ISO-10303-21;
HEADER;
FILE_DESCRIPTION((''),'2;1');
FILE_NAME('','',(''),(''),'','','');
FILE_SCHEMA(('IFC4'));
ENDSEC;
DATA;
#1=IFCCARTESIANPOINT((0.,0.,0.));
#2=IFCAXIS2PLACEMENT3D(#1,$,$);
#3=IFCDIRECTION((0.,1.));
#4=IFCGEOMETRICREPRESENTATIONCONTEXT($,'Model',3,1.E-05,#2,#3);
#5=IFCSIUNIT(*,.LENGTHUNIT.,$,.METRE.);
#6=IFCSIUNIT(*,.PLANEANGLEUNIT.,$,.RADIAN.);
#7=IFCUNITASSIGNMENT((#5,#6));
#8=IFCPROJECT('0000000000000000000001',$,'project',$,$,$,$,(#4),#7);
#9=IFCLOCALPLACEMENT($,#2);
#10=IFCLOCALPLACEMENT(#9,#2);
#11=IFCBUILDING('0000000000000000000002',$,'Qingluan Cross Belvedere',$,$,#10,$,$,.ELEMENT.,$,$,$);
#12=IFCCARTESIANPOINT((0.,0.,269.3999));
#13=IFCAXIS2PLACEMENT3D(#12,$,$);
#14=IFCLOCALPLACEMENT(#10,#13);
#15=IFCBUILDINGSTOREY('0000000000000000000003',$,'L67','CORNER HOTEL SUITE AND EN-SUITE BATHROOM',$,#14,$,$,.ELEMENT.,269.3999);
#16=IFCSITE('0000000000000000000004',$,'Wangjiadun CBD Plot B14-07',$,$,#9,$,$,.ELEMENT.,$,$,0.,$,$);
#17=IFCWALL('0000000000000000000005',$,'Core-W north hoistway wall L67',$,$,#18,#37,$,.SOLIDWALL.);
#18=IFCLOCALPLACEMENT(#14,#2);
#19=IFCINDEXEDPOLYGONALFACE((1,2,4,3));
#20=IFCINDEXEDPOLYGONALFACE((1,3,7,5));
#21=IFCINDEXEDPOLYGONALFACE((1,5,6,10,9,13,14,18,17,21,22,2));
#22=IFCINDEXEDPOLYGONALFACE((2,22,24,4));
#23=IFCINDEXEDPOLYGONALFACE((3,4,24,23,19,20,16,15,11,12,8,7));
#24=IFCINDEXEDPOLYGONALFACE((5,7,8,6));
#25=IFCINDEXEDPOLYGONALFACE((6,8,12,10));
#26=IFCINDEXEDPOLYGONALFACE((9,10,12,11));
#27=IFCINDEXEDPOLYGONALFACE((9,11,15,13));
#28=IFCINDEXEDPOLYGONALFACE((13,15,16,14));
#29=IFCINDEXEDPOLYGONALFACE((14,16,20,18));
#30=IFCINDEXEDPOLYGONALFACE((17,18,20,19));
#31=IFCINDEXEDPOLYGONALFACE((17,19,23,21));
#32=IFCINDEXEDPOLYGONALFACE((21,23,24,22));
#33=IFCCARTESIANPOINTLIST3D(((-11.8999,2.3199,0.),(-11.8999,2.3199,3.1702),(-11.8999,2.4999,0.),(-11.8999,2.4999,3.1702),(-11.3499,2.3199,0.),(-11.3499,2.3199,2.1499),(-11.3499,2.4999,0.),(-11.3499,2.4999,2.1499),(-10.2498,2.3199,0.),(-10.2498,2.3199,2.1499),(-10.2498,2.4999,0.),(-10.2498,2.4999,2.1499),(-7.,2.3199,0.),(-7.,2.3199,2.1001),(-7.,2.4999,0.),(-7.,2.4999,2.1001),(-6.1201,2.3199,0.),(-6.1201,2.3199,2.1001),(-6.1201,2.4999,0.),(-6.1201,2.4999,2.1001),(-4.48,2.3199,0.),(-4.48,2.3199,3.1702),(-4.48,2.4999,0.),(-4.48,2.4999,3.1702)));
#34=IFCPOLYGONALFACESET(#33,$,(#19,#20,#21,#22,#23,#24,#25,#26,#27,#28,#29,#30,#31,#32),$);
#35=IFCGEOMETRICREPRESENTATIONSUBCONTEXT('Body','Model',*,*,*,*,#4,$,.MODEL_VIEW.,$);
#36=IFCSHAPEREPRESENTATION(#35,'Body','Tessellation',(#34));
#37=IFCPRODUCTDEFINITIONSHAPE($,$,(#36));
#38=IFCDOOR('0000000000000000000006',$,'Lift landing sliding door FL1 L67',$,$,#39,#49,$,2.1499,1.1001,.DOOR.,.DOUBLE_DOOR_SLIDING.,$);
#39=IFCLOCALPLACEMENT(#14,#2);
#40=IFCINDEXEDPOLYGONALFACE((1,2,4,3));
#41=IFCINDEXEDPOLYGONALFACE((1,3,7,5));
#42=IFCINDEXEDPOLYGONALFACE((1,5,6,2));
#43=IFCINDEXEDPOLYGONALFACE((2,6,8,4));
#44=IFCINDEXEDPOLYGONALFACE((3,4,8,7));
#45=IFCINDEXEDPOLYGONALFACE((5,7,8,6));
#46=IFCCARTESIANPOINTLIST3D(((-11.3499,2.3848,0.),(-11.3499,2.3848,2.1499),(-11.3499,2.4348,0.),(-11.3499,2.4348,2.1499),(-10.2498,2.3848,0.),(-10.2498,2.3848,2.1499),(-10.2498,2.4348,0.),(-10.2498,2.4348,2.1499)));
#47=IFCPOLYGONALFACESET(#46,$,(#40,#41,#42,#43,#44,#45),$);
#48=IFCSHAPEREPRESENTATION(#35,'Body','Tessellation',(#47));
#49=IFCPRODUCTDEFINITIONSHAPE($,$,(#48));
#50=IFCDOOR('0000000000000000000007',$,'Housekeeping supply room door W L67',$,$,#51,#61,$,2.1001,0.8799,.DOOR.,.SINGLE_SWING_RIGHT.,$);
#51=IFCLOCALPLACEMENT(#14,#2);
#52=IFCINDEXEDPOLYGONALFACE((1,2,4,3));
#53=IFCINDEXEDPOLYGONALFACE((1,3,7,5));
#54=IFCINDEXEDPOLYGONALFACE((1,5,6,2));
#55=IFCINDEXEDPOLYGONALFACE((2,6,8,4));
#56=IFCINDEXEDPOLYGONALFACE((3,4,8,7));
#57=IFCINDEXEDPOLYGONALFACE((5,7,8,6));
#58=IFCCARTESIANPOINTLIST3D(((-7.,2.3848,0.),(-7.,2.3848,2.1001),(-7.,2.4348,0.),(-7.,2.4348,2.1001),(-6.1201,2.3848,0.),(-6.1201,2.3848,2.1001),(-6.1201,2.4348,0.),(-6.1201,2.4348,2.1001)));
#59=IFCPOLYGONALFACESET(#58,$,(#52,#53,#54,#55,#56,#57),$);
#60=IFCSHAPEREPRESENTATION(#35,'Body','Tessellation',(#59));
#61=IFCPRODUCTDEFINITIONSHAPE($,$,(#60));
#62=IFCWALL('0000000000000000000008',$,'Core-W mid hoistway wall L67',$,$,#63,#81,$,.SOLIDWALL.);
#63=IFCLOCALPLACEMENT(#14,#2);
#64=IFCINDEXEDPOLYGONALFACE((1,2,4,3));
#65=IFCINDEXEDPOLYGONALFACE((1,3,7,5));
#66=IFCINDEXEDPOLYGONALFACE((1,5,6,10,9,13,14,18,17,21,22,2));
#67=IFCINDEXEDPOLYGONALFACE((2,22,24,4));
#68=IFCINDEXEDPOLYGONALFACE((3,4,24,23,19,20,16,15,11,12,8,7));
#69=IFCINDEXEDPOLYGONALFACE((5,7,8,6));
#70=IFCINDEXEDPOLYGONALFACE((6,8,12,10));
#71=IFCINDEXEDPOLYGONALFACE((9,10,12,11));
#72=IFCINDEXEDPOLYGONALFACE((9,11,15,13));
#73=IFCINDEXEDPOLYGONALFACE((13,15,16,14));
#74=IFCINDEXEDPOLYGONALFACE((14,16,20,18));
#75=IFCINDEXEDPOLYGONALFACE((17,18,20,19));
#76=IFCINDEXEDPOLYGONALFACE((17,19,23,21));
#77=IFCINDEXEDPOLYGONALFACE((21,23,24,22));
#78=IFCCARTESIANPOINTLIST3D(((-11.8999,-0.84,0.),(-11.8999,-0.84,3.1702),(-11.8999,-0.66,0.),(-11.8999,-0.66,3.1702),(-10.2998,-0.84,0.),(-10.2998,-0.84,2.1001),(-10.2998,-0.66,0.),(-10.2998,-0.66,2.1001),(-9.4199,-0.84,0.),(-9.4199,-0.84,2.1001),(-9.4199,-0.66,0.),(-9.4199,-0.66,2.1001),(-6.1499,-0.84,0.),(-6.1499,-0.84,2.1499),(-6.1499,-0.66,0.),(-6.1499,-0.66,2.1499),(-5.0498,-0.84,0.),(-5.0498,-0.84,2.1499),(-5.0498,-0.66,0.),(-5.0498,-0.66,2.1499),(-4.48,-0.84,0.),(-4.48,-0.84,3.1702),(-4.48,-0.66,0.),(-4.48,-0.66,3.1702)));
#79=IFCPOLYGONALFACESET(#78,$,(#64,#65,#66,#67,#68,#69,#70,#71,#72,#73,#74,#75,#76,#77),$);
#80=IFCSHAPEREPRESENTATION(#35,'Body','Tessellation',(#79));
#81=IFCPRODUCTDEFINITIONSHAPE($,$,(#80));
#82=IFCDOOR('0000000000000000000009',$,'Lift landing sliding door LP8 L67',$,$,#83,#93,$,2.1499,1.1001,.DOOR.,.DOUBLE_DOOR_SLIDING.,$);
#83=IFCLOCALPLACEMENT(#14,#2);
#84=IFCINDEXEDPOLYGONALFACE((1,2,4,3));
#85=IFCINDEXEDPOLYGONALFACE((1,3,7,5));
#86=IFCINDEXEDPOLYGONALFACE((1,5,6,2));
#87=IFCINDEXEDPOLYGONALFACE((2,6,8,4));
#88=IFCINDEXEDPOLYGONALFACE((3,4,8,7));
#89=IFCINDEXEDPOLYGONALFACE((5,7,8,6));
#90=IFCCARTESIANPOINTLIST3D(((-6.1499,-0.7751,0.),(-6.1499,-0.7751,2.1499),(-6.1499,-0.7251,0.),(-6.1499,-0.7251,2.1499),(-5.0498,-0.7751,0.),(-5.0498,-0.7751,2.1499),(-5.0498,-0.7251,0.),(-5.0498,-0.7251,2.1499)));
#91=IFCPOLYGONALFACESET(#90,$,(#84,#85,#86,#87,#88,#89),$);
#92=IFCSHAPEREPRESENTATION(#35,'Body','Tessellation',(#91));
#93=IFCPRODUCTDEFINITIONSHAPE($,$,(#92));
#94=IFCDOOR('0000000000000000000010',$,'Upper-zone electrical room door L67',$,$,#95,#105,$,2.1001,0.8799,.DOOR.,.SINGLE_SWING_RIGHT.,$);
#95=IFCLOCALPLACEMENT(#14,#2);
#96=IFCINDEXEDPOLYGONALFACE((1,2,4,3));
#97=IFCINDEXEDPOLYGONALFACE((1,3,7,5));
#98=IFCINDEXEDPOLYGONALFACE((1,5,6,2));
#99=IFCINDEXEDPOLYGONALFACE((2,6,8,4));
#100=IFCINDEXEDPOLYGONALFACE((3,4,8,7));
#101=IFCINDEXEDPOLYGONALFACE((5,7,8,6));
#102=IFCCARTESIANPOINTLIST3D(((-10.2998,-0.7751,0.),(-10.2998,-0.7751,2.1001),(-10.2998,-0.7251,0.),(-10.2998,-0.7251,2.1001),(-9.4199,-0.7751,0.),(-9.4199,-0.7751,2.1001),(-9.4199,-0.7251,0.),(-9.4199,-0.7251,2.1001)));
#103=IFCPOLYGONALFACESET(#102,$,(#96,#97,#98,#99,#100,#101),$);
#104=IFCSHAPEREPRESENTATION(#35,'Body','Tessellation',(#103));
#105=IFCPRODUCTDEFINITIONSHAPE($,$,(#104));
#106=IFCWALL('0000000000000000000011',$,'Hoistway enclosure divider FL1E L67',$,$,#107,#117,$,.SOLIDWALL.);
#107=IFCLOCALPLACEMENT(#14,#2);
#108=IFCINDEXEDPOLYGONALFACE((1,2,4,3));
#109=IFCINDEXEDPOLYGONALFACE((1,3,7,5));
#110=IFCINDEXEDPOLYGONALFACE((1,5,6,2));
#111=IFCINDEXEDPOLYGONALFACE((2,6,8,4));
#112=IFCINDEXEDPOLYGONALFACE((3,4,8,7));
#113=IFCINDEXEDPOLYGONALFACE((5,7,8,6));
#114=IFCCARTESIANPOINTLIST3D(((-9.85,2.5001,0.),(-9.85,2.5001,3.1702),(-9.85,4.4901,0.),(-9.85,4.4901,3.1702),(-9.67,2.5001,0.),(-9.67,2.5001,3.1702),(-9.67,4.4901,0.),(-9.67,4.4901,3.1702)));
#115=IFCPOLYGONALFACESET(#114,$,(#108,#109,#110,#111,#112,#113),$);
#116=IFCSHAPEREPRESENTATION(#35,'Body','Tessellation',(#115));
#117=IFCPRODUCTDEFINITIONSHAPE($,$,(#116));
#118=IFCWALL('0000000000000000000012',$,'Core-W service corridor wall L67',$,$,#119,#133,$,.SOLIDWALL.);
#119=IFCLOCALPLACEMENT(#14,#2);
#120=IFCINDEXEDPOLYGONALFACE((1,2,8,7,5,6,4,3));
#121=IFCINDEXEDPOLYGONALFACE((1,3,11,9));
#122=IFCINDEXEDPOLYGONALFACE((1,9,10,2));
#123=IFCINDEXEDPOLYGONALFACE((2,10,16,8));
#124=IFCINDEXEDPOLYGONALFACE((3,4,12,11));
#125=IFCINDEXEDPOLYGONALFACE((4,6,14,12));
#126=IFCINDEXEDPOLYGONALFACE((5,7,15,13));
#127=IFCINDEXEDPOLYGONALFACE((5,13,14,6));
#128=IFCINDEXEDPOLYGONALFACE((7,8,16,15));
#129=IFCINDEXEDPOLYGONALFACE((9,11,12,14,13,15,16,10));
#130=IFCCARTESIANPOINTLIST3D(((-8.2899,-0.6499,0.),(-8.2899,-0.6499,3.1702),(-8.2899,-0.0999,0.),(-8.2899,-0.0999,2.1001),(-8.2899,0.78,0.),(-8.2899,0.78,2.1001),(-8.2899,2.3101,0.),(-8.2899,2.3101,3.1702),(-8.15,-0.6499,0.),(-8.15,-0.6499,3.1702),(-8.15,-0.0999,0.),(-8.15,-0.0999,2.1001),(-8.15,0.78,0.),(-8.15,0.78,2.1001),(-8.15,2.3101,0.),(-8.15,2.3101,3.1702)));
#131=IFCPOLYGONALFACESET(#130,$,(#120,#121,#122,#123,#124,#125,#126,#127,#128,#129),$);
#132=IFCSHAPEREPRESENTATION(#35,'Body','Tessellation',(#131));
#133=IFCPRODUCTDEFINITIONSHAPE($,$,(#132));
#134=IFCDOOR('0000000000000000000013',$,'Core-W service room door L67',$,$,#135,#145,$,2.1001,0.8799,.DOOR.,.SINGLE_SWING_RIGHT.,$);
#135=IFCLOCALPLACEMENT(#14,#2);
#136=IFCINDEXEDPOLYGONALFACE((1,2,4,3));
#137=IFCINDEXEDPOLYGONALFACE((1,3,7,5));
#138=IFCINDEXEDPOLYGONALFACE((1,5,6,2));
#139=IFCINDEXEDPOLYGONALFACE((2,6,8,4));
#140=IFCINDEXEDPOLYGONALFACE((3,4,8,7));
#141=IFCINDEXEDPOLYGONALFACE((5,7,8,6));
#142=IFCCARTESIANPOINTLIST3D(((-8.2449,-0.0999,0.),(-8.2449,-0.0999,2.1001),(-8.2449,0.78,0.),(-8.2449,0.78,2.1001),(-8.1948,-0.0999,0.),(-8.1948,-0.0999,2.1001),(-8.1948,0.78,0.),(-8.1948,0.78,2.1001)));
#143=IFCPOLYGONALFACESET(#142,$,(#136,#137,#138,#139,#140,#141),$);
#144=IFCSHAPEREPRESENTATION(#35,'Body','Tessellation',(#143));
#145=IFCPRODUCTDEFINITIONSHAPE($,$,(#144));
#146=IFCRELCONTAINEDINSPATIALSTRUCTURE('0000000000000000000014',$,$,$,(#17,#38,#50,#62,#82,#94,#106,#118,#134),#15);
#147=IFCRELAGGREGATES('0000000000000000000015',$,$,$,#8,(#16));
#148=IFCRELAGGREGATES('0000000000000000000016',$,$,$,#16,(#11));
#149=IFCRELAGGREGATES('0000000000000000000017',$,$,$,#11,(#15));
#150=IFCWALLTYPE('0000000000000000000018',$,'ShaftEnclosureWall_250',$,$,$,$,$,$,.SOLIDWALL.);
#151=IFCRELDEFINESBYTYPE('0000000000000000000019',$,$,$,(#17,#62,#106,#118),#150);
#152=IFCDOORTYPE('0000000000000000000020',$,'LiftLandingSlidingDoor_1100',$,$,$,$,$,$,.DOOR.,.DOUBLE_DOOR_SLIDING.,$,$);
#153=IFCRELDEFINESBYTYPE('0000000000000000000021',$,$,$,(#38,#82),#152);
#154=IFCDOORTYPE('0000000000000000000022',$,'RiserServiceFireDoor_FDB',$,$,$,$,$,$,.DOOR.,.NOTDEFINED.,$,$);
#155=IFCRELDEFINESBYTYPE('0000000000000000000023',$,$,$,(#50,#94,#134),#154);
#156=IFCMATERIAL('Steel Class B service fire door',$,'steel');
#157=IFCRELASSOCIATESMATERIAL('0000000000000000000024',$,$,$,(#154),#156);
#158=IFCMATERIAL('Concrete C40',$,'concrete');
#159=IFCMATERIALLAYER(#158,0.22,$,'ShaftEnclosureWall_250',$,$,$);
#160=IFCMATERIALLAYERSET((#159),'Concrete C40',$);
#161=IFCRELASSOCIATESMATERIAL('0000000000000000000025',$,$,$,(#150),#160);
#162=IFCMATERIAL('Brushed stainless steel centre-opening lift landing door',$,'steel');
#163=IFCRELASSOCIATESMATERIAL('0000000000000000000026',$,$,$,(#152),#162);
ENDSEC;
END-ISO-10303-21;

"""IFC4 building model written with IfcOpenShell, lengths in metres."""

from ifc_helpers import new_model, si_unit, direction, frame, frame_2d, origin, place, context, subcontext, project, spatial, rectangle, extrude, material, layer, layer_set, type_object, element, fill, save


model = new_model("IFC4")

# Units and contexts
model_context = context("Model", 3, precision=1e-05, world=origin(), true_north=direction((0.0, 1.0)))
body_context = subcontext(model_context, "Body", "Model", "MODEL_VIEW")
ifc_project = project(units=[si_unit("LENGTHUNIT", "METRE"), si_unit("PLANEANGLEUNIT", "RADIAN")], contexts=[model_context])

# Site, building, storey
site_placement = place(None, origin())
site = spatial("IfcSite", under=ifc_project, at=site_placement, Name="Wangjiadun CBD Plot B14-07", CompositionType="ELEMENT", RefElevation=0.0)
building_placement = place(site_placement, origin())
building = spatial("IfcBuilding", under=site, at=building_placement, Name="Qingluan Cross Belvedere", CompositionType="ELEMENT")
storey_placement = place(building_placement, frame((0.0, 0.0, 269.3999)))
storey = spatial("IfcBuildingStorey", under=building, at=storey_placement, Name="L67", Description="CORNER HOTEL SUITE AND EN-SUITE BATHROOM", CompositionType="ELEMENT", Elevation=269.3999)

# Shared definitions
ifc_material_1 = material(Name="Steel Class B service fire door", Category="steel")
door_type_1 = type_object("IfcDoorType", Name="RiserServiceFireDoor_FDB", OperationType="NOTDEFINED", PredefinedType="DOOR", material=ifc_material_1)

# Walls, openings, doors
ifc_material_2 = material(Name="Concrete C40", Category="concrete")
ifc_layer_1 = layer(ifc_material_2, 0.22, Name="ShaftEnclosureWall_250")
ifc_layer_set_1 = layer_set([ifc_layer_1], Name="Concrete C40")
wall_type_1 = type_object("IfcWallType", Name="ShaftEnclosureWall_250", PredefinedType="SOLIDWALL", material=ifc_layer_set_1)
wall_1_placement = place(storey_placement, frame((-11.8999, 2.4099, 0.0), z_axis=(0.0, 0.0, 1.0), x_axis=(1.0, 0.0, 0.0)))
wall_1 = element("IfcWall", 1, at=wall_1_placement, inside=storey, type_object=wall_type_1, Name="Core-W north hoistway wall L67", PredefinedType="SOLIDWALL", context=body_context, shape_type="SweptSolid", body=[
    extrude(rectangle(XDim=7.4199, YDim=0.1799, at=frame_2d((3.71, 0.0))), origin(), (0.0, 0.0, 1.0), 3.1702),
])
opening_1_placement = place(wall_1_placement, frame((0.55, 0.0, 0.0)))
opening_1 = element("IfcOpeningElement", 2, at=opening_1_placement, cuts=wall_1, PredefinedType="OPENING", context=body_context, shape_type="SweptSolid", body=[
    extrude(rectangle(XDim=1.1001, YDim=2.1499, at=frame_2d((0.55, 1.075))), frame((0.0, 0.0999, 0.0), z_axis=(0.0, -1.0, 0.0), x_axis=(1.0, 0.0, 0.0)), (0.0, 0.0, 1.0), 0.2),
])
opening_2_placement = place(wall_1_placement, frame((4.8999, 0.0, 0.0)))
opening_2 = element("IfcOpeningElement", 3, at=opening_2_placement, cuts=wall_1, PredefinedType="OPENING", context=body_context, shape_type="SweptSolid", body=[
    extrude(rectangle(XDim=0.8799, YDim=2.1001, at=frame_2d((0.4399, 1.05))), frame((0.0, 0.0999, 0.0), z_axis=(0.0, -1.0, 0.0), x_axis=(1.0, 0.0, 0.0)), (0.0, 0.0, 1.0), 0.2),
])
ifc_material_3 = material(Name="Brushed stainless steel centre-opening lift landing door", Category="steel")
door_type_2 = type_object("IfcDoorType", Name="LiftLandingSlidingDoor_1100", OperationType="DOUBLE_DOOR_SLIDING", PredefinedType="DOOR", material=ifc_material_3)
door_1_placement = place(opening_1_placement, origin())
door_1 = element("IfcDoor", 4, at=door_1_placement, inside=storey, type_object=door_type_2, Name="Lift landing sliding door FL1 L67", OperationType="DOUBLE_DOOR_SLIDING", OverallHeight=2.1499, OverallWidth=1.1001, PredefinedType="DOOR", context=body_context, shape_type="SweptSolid", body=[
    extrude(rectangle(XDim=1.1001, YDim=2.1499, at=frame_2d((0.55, 1.075))), frame((0.0, 0.0249, 0.0), z_axis=(0.0, -1.0, 0.0), x_axis=(1.0, 0.0, 0.0)), (0.0, 0.0, 1.0), 0.05),
])
fill(opening_1, door_1)
door_2_placement = place(opening_2_placement, origin())
door_2 = element("IfcDoor", 5, at=door_2_placement, inside=storey, type_object=door_type_1, Name="Housekeeping supply room door W L67", OperationType="SINGLE_SWING_RIGHT", OverallHeight=2.1001, OverallWidth=0.8799, PredefinedType="DOOR", context=body_context, shape_type="SweptSolid", body=[
    extrude(rectangle(XDim=0.8799, YDim=2.1001, at=frame_2d((0.4399, 1.05))), frame((0.0, 0.0249, 0.0), z_axis=(0.0, -1.0, 0.0), x_axis=(1.0, 0.0, 0.0)), (0.0, 0.0, 1.0), 0.05),
])
fill(opening_2, door_2)
wall_2_placement = place(storey_placement, frame((-11.8999, -0.75, 0.0), z_axis=(0.0, 0.0, 1.0), x_axis=(1.0, 0.0, 0.0)))
wall_2 = element("IfcWall", 6, at=wall_2_placement, inside=storey, type_object=wall_type_1, Name="Core-W mid hoistway wall L67", PredefinedType="SOLIDWALL", context=body_context, shape_type="SweptSolid", body=[
    extrude(rectangle(XDim=7.4199, YDim=0.1799, at=frame_2d((3.71, 0.0))), origin(), (0.0, 0.0, 1.0), 3.1702),
])
opening_3_placement = place(wall_2_placement, frame((5.75, 0.0, 0.0)))
opening_3 = element("IfcOpeningElement", 7, at=opening_3_placement, cuts=wall_2, PredefinedType="OPENING", context=body_context, shape_type="SweptSolid", body=[
    extrude(rectangle(XDim=1.1001, YDim=2.1499, at=frame_2d((0.55, 1.075))), frame((0.0, 0.0999, 0.0), z_axis=(0.0, -1.0, 0.0), x_axis=(1.0, 0.0, 0.0)), (0.0, 0.0, 1.0), 0.2),
])
opening_4_placement = place(wall_2_placement, frame((1.6001, 0.0, 0.0)))
opening_4 = element("IfcOpeningElement", 8, at=opening_4_placement, cuts=wall_2, PredefinedType="OPENING", context=body_context, shape_type="SweptSolid", body=[
    extrude(rectangle(XDim=0.8799, YDim=2.1001, at=frame_2d((0.4399, 1.05))), frame((0.0, 0.0999, 0.0), z_axis=(0.0, -1.0, 0.0), x_axis=(1.0, 0.0, 0.0)), (0.0, 0.0, 1.0), 0.2),
])
door_3_placement = place(opening_3_placement, origin())
door_3 = element("IfcDoor", 9, at=door_3_placement, inside=storey, type_object=door_type_2, Name="Lift landing sliding door LP8 L67", OperationType="DOUBLE_DOOR_SLIDING", OverallHeight=2.1499, OverallWidth=1.1001, PredefinedType="DOOR", context=body_context, shape_type="SweptSolid", body=[
    extrude(rectangle(XDim=1.1001, YDim=2.1499, at=frame_2d((0.55, 1.075))), frame((0.0, 0.0249, 0.0), z_axis=(0.0, -1.0, 0.0), x_axis=(1.0, 0.0, 0.0)), (0.0, 0.0, 1.0), 0.05),
])
fill(opening_3, door_3)
door_4_placement = place(opening_4_placement, origin())
door_4 = element("IfcDoor", 10, at=door_4_placement, inside=storey, type_object=door_type_1, Name="Upper-zone electrical room door L67", OperationType="SINGLE_SWING_RIGHT", OverallHeight=2.1001, OverallWidth=0.8799, PredefinedType="DOOR", context=body_context, shape_type="SweptSolid", body=[
    extrude(rectangle(XDim=0.8799, YDim=2.1001, at=frame_2d((0.4399, 1.05))), frame((0.0, 0.0249, 0.0), z_axis=(0.0, -1.0, 0.0), x_axis=(1.0, 0.0, 0.0)), (0.0, 0.0, 1.0), 0.05),
])
fill(opening_4, door_4)

# Wall
wall_3_placement = place(storey_placement, frame((-9.76, 2.5, 0.0), z_axis=(0.0, 0.0, 1.0), x_axis=(0.0, 1.0, 0.0)))
element("IfcWall", 11, at=wall_3_placement, inside=storey, type_object=wall_type_1, Name="Hoistway enclosure divider FL1E L67", PredefinedType="SOLIDWALL", context=body_context, shape_type="SweptSolid", body=[
    extrude(rectangle(XDim=1.99, YDim=0.1799, at=frame_2d((0.9951, 0.0))), origin(), (0.0, 0.0, 1.0), 3.1702),
])

# Wall, opening, door
wall_4_placement = place(storey_placement, frame((-8.22, -0.6499, 0.0), z_axis=(0.0, 0.0, 1.0), x_axis=(0.0, 1.0, 0.0)))
wall_4 = element("IfcWall", 12, at=wall_4_placement, inside=storey, type_object=wall_type_1, Name="Core-W service corridor wall L67", PredefinedType="SOLIDWALL", context=body_context, shape_type="SweptSolid", body=[
    extrude(rectangle(XDim=2.96, YDim=0.1399, at=frame_2d((1.48, 0.0))), origin(), (0.0, 0.0, 1.0), 3.1702),
])
opening_5_placement = place(wall_4_placement, frame((0.55, 0.0, 0.0)))
opening_5 = element("IfcOpeningElement", 13, at=opening_5_placement, cuts=wall_4, PredefinedType="OPENING", context=body_context, shape_type="SweptSolid", body=[
    extrude(rectangle(XDim=0.8799, YDim=2.1001, at=frame_2d((0.4399, 1.05))), frame((0.0, 0.0798, 0.0), z_axis=(0.0, -1.0, 0.0), x_axis=(1.0, 0.0, 0.0)), (0.0, 0.0, 1.0), 0.1599),
])
door_5_placement = place(opening_5_placement, origin())
door_5 = element("IfcDoor", 14, at=door_5_placement, inside=storey, type_object=door_type_1, Name="Core-W service room door L67", OperationType="SINGLE_SWING_RIGHT", OverallHeight=2.1001, OverallWidth=0.8799, PredefinedType="DOOR", context=body_context, shape_type="SweptSolid", body=[
    extrude(rectangle(XDim=0.8799, YDim=2.1001, at=frame_2d((0.4399, 1.05))), frame((0.0, 0.0249, 0.0), z_axis=(0.0, -1.0, 0.0), x_axis=(1.0, 0.0, 0.0)), (0.0, 0.0, 1.0), 0.05),
])
fill(opening_5, door_5)

save(model, "model.ifc")
